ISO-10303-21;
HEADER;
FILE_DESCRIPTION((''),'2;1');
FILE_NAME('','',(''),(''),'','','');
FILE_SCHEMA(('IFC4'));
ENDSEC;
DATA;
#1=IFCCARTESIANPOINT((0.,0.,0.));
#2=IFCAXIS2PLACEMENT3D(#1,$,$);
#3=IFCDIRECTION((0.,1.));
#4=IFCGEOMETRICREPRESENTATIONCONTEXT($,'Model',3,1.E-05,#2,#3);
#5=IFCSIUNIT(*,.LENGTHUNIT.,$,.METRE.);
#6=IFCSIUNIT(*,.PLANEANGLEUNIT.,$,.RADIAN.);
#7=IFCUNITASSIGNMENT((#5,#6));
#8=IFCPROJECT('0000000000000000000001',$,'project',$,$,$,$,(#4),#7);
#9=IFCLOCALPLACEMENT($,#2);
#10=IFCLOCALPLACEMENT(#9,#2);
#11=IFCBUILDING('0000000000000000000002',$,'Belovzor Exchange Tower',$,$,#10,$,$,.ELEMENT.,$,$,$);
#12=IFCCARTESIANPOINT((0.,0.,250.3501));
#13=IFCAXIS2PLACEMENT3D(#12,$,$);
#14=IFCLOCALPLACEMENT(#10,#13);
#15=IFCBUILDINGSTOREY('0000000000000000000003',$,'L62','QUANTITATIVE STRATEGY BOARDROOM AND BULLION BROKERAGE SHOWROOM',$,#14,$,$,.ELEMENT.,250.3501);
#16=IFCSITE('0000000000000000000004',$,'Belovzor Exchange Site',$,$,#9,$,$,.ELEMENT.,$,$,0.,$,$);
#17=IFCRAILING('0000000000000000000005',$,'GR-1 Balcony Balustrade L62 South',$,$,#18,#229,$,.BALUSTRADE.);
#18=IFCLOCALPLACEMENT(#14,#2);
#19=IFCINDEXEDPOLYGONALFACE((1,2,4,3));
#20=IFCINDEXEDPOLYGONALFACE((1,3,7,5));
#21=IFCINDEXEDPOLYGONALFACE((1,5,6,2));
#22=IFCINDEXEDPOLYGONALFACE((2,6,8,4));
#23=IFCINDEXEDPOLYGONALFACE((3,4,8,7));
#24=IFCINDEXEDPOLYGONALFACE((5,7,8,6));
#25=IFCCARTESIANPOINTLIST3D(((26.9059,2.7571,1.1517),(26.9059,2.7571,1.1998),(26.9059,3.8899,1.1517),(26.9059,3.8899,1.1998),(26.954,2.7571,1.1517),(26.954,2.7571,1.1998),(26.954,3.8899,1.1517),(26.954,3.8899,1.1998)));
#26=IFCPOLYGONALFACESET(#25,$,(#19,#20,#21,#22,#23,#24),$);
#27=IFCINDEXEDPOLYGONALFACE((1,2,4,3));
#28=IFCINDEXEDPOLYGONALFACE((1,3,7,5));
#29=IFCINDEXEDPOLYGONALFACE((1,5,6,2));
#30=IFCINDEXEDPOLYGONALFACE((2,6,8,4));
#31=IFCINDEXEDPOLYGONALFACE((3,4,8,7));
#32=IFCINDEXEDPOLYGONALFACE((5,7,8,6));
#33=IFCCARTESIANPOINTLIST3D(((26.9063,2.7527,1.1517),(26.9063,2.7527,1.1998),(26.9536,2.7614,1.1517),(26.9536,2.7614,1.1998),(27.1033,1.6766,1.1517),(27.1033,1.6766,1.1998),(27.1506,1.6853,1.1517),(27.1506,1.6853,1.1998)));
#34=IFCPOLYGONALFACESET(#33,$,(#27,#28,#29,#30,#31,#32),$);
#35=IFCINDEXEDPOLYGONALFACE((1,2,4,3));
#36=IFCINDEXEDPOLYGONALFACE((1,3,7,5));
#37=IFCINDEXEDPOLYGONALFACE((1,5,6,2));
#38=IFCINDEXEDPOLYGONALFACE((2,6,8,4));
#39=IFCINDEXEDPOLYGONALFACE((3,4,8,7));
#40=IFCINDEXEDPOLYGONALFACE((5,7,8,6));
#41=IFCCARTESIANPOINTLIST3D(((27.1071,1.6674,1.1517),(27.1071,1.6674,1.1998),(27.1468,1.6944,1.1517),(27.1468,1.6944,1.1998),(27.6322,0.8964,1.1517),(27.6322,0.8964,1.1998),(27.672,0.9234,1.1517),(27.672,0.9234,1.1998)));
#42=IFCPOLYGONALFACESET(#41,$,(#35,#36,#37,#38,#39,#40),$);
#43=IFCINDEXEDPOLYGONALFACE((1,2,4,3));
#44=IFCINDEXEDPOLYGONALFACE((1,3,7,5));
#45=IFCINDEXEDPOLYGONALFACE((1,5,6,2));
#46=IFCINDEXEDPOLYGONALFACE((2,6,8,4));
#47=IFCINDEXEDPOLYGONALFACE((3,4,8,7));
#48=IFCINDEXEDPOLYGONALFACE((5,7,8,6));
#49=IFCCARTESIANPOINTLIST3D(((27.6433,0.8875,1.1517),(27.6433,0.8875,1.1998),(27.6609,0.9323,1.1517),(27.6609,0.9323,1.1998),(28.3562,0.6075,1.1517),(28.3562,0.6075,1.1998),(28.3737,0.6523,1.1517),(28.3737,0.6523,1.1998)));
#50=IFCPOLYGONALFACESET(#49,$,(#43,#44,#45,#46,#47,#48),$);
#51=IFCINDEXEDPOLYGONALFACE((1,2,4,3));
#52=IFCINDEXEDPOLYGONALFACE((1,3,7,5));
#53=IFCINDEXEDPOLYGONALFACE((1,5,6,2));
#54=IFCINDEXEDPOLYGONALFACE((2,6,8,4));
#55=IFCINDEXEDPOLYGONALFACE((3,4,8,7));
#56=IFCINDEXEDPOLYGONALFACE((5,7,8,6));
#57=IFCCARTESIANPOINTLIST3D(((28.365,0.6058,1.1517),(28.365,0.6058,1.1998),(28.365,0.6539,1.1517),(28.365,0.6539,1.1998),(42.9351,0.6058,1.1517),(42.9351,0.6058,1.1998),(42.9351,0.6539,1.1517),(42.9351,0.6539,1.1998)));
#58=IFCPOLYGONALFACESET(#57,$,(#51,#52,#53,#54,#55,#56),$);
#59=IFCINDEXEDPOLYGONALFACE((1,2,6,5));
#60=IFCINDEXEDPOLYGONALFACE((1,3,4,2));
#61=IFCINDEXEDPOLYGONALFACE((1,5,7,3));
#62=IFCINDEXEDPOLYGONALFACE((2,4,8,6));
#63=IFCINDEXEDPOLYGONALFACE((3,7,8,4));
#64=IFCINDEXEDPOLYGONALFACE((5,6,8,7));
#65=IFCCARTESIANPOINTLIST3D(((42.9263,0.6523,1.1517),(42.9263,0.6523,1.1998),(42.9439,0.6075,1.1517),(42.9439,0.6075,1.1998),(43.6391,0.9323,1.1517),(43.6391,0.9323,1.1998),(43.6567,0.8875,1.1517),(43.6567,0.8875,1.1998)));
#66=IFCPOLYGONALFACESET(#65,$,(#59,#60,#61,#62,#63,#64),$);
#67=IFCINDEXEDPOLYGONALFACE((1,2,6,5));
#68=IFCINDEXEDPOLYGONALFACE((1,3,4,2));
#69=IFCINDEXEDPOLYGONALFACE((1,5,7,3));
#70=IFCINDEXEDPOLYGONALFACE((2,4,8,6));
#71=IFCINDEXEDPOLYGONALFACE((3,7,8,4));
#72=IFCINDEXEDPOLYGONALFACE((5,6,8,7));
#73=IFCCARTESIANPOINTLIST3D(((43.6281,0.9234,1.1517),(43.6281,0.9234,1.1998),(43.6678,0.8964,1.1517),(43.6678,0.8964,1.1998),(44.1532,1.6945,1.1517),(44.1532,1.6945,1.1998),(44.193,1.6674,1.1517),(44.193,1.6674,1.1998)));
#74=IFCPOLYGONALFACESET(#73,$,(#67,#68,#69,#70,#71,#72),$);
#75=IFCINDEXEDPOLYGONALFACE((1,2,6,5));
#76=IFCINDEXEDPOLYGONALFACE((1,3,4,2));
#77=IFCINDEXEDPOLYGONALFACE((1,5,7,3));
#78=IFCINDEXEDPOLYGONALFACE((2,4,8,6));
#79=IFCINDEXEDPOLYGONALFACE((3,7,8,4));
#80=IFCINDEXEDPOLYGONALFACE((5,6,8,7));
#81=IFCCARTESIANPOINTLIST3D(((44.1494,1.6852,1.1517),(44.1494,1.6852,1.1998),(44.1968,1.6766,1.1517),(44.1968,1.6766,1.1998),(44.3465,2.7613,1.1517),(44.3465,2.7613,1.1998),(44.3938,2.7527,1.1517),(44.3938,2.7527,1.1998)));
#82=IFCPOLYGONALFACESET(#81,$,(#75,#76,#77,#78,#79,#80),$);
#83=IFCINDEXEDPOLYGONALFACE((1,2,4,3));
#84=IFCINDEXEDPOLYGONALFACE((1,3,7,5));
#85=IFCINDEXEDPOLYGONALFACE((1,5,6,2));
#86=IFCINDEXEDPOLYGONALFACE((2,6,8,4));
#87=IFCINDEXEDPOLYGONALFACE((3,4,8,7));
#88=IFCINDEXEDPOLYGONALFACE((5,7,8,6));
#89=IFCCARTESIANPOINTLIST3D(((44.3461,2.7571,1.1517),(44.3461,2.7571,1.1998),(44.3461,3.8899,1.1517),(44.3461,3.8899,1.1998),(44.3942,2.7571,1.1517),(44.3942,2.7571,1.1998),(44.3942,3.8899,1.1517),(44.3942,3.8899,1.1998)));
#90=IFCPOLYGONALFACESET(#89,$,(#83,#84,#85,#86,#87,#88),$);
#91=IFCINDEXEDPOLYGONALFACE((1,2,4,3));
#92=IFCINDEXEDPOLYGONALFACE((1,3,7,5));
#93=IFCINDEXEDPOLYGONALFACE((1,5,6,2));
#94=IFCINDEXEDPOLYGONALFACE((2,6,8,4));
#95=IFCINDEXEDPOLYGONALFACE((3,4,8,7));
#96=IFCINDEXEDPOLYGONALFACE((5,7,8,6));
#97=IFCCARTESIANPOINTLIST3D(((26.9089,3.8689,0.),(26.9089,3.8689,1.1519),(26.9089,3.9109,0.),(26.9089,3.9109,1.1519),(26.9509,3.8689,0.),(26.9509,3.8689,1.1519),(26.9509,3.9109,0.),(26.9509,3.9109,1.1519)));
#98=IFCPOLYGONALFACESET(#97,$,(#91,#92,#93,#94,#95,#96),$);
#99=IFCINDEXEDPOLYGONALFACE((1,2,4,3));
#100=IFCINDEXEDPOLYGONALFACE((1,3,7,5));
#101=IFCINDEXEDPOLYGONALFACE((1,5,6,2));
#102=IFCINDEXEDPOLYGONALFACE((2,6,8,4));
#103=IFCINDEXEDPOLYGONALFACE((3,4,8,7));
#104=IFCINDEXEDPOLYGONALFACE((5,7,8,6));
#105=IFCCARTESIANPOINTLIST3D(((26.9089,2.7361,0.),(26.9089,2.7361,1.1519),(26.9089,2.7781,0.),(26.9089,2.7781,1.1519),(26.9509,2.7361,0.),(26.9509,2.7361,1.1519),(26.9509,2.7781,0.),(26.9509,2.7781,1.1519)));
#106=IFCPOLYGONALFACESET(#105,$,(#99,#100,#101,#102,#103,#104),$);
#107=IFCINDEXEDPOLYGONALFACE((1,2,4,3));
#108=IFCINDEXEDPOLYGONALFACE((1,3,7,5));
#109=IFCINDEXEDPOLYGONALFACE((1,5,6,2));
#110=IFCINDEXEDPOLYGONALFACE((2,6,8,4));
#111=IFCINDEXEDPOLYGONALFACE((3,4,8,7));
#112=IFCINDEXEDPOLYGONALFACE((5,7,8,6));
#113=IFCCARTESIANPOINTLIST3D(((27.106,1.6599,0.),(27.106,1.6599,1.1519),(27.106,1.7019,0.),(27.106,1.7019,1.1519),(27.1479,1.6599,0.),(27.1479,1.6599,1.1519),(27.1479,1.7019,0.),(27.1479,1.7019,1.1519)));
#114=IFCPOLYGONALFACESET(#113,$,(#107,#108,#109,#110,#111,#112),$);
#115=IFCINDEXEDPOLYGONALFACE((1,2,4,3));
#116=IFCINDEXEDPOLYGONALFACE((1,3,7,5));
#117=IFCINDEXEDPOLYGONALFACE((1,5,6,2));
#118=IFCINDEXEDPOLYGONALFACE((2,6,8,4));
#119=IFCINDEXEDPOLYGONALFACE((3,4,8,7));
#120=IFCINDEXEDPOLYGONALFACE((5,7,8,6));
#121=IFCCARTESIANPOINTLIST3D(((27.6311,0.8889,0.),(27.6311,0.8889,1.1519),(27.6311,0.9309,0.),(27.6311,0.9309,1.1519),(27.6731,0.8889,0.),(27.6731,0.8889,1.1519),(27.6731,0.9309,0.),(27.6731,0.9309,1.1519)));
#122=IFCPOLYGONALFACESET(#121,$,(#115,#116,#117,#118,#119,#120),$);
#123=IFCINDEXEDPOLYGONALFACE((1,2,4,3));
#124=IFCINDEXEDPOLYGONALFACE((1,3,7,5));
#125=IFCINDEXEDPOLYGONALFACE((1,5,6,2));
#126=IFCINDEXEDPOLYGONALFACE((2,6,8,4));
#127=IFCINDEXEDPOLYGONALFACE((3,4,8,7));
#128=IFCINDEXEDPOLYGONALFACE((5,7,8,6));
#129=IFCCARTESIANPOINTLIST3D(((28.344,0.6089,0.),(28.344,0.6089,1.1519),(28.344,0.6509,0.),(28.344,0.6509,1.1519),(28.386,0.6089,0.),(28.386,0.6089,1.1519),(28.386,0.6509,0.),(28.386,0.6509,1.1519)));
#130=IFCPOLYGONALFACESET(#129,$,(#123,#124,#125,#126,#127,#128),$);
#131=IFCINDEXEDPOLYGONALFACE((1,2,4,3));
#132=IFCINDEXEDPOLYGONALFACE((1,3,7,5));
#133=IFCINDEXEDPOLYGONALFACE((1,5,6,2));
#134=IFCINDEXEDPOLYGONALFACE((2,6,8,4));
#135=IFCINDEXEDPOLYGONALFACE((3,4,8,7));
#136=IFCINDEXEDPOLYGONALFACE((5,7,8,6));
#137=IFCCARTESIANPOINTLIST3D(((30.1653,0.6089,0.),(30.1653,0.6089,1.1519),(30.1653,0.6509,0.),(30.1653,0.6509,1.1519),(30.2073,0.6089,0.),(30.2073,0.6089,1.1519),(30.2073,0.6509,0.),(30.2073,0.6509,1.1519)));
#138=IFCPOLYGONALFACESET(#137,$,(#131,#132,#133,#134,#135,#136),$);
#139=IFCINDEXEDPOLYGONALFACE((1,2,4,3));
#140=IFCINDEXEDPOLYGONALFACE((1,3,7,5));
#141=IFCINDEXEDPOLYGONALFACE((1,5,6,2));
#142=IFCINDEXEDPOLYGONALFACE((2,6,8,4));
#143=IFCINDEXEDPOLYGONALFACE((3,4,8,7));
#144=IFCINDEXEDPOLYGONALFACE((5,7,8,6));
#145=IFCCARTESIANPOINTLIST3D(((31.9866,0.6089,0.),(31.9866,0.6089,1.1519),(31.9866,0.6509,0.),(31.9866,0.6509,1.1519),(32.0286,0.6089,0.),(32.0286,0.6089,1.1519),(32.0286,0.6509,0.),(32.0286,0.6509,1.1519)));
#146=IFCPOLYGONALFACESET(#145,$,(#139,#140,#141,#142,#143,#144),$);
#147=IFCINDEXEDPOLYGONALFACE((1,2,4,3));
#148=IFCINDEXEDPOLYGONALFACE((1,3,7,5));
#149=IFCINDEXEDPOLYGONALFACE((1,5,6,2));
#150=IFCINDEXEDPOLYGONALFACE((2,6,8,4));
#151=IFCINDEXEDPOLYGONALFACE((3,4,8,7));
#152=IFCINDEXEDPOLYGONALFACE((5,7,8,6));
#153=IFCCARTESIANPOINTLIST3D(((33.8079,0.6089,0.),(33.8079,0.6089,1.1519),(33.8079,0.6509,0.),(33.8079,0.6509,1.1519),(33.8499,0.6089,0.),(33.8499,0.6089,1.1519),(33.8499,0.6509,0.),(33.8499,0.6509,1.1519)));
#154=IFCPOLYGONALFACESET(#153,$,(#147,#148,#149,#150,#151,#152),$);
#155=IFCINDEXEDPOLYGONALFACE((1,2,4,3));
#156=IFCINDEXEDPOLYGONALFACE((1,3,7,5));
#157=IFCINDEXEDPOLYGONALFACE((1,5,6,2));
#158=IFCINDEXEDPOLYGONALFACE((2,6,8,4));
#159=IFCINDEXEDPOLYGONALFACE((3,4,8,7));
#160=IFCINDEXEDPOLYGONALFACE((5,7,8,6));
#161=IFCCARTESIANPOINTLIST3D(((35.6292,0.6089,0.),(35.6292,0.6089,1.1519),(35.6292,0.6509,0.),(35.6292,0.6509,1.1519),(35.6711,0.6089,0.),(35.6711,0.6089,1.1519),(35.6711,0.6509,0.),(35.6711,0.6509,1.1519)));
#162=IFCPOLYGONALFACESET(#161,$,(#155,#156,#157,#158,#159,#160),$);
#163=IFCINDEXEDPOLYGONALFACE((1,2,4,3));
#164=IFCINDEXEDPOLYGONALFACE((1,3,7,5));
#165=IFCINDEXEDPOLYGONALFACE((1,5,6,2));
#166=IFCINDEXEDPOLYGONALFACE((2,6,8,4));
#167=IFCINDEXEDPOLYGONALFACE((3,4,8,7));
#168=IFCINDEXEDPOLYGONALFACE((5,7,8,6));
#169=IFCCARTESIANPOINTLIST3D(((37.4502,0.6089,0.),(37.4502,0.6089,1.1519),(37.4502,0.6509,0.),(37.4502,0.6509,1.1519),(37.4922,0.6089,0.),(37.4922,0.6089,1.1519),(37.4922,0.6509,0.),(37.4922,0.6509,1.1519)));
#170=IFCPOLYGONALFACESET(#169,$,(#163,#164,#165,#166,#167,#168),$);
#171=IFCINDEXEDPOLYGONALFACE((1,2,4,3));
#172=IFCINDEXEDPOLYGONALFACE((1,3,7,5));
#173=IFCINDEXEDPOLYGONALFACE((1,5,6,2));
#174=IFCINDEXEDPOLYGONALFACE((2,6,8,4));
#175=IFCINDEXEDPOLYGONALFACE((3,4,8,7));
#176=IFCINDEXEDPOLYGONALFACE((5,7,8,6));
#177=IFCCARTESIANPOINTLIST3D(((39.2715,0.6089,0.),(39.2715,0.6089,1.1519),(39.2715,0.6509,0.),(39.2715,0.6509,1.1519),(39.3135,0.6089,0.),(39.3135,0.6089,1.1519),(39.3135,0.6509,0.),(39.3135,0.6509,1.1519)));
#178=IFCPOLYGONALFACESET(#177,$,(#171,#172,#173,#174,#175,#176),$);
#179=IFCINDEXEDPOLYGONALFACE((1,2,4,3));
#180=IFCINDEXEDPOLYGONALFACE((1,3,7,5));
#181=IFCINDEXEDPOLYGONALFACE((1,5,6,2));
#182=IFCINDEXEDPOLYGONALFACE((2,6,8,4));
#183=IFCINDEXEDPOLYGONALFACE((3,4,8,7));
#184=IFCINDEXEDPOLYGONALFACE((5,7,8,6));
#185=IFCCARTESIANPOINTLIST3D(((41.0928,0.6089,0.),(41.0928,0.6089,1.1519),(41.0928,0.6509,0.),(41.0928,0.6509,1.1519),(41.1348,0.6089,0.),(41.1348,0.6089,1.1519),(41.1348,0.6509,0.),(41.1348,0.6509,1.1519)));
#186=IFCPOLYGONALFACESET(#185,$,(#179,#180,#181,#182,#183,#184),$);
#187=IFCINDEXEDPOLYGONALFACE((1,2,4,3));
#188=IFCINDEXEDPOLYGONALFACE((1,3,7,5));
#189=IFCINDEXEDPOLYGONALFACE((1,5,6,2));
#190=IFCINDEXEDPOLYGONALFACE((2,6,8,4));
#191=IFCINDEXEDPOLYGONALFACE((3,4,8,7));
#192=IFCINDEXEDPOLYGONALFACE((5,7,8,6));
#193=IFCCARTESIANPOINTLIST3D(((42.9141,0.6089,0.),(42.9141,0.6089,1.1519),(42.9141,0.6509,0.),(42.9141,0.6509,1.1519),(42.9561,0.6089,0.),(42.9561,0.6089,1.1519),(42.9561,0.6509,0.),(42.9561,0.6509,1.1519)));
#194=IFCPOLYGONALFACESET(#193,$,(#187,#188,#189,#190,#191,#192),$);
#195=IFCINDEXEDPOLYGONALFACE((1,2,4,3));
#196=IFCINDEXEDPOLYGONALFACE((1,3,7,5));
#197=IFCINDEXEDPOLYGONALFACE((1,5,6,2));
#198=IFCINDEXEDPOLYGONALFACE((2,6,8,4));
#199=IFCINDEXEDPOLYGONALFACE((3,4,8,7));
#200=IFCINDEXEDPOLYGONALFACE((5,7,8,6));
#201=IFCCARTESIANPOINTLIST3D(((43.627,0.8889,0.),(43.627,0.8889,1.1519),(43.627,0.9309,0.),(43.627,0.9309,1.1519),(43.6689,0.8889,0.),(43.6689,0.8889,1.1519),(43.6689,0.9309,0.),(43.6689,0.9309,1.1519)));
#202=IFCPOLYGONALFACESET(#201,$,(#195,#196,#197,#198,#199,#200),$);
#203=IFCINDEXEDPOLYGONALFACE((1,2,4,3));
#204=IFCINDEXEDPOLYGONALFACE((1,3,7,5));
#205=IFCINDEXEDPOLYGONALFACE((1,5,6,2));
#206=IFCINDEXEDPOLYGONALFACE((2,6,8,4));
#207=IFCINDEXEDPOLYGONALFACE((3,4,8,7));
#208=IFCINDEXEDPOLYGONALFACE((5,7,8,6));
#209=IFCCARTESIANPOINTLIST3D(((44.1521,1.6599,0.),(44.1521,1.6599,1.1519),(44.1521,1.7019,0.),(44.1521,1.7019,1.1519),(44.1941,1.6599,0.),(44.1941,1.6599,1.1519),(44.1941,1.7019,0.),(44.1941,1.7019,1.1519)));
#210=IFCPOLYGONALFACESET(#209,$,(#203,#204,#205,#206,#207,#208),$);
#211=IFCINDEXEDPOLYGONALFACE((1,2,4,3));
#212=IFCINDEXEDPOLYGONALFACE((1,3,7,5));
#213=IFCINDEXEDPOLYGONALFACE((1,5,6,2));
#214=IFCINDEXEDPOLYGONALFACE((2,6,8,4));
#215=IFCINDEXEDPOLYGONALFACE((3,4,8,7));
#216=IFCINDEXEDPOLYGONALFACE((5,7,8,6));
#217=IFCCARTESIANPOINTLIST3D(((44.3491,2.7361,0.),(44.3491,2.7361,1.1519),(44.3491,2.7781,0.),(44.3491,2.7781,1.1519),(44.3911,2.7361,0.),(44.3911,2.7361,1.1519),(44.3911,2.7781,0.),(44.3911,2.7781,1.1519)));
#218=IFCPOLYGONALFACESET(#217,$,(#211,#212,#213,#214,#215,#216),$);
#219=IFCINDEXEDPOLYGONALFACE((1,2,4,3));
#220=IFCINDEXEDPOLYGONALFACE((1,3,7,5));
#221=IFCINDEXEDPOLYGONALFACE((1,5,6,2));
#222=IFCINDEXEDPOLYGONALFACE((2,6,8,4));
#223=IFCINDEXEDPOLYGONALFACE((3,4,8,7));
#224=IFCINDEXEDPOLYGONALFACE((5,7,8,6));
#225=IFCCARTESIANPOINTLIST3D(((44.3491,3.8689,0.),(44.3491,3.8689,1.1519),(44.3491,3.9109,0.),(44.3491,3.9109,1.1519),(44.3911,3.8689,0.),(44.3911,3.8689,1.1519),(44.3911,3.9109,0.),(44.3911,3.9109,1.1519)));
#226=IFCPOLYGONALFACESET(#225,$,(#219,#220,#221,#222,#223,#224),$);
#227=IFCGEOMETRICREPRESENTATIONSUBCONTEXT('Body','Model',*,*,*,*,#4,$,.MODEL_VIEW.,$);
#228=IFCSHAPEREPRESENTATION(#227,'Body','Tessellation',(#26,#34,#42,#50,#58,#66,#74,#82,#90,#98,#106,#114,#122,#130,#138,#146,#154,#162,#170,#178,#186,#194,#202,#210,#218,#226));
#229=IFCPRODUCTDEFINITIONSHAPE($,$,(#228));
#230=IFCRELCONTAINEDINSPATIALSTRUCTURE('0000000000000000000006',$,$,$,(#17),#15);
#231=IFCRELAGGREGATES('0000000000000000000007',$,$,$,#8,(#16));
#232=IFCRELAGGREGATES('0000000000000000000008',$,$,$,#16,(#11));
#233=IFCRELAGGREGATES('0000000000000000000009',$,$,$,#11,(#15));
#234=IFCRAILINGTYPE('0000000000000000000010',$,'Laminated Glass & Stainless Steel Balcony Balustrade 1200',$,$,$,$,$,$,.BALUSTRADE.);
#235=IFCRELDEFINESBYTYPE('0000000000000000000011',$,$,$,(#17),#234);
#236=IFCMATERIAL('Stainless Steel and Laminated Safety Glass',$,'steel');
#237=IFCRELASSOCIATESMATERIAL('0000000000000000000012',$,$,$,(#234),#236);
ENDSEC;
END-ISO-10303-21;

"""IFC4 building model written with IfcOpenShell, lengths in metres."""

from ifc_helpers import new_model, si_unit, direction, frame, origin, origin_2d, place, context, subcontext, project, spatial, rectangle, extrude, material, type_object, element, save


model = new_model("IFC4")

# Units and contexts
model_context = context("Model", 3, precision=1e-05, world=origin(), true_north=direction((0.0, 1.0)))
body_context = subcontext(model_context, "Body", "Model", "MODEL_VIEW")
ifc_project = project(units=[si_unit("LENGTHUNIT", "METRE"), si_unit("PLANEANGLEUNIT", "RADIAN")], contexts=[model_context])

# Site, building, storey
site_placement = place(None, origin())
site = spatial("IfcSite", under=ifc_project, at=site_placement, Name="Belovzor Exchange Site", CompositionType="ELEMENT", RefElevation=0.0)
building_placement = place(site_placement, origin())
building = spatial("IfcBuilding", under=site, at=building_placement, Name="Belovzor Exchange Tower", CompositionType="ELEMENT")
storey_placement = place(building_placement, frame((0.0, 0.0, 250.3501)))
storey = spatial("IfcBuildingStorey", under=building, at=storey_placement, Name="L62", Description="QUANTITATIVE STRATEGY BOARDROOM AND BULLION BROKERAGE SHOWROOM", CompositionType="ELEMENT", Elevation=250.3501)

# Railing
ifc_material_1 = material(Name="Stainless Steel and Laminated Safety Glass", Category="steel")
railing_type = type_object("IfcRailingType", Name="Laminated Glass & Stainless Steel Balcony Balustrade 1200", PredefinedType="BALUSTRADE", material=ifc_material_1)
railing_placement = place(storey_placement, frame((26.9299, 3.8899, 0.0)))
element("IfcRailing", 1, at=railing_placement, inside=storey, type_object=railing_type, Name="GR-1 Balcony Balustrade L62 South", PredefinedType="BALUSTRADE", context=body_context, shape_type="SweptSolid", body=[
    extrude(rectangle(XDim=0.0481, YDim=0.0481, at=origin_2d()), frame((0.0, 0.0, 1.1758), z_axis=(0.0, -1.0, 0.0), x_axis=(1.0, 0.0, 0.0)), (0.0, 0.0, 1.0), 1.1328),
    extrude(rectangle(XDim=0.0481, YDim=0.0481, at=origin_2d()), frame((0.0, -1.1328, 1.1758), z_axis=(0.180083, -0.983651, 0.0), x_axis=(0.983651, 0.180083, 0.0)), (0.0, 0.0, 1.0), 1.094),
    extrude(rectangle(XDim=0.0481, YDim=0.0481, at=origin_2d()), frame((0.197, -2.209, 1.1758), z_axis=(0.562947, -0.826493, 0.0), x_axis=(0.826493, 0.562947, 0.0)), (0.0, 0.0, 1.0), 0.9329),
    extrude(rectangle(XDim=0.0481, YDim=0.0481, at=origin_2d()), frame((0.7222, -2.98, 1.1758), z_axis=(0.930767, -0.365613, 0.0), x_axis=(0.365613, 0.930767, 0.0)), (0.0, 0.0, 1.0), 0.7659),
    extrude(rectangle(XDim=0.0481, YDim=0.0481, at=origin_2d()), frame((1.4351, -3.26, 1.1758), z_axis=(1.0, 0.0, 0.0), x_axis=(0.0, 1.0, 0.0)), (0.0, 0.0, 1.0), 14.5701),
    extrude(rectangle(XDim=0.0481, YDim=0.0481, at=origin_2d()), frame((16.0051, -3.26, 1.1758), z_axis=(0.930767, 0.365613, 0.0), x_axis=(-0.365613, 0.930767, 0.0)), (0.0, 0.0, 1.0), 0.7659),
    extrude(rectangle(XDim=0.0481, YDim=0.0481, at=origin_2d()), frame((16.718, -2.98, 1.1758), z_axis=(0.562947, 0.826493, 0.0), x_axis=(-0.826493, 0.562947, 0.0)), (0.0, 0.0, 1.0), 0.9329),
    extrude(rectangle(XDim=0.0481, YDim=0.0481, at=origin_2d()), frame((17.2432, -2.209, 1.1758), z_axis=(0.180083, 0.983651, 0.0), x_axis=(-0.983651, 0.180083, 0.0)), (0.0, 0.0, 1.0), 1.094),
    extrude(rectangle(XDim=0.0481, YDim=0.0481, at=origin_2d()), frame((17.4402, -1.1328, 1.1758), z_axis=(0.0, 1.0, 0.0), x_axis=(-1.0, 0.0, 0.0)), (0.0, 0.0, 1.0), 1.1328),
    extrude(rectangle(XDim=0.042, YDim=0.042, at=origin_2d()), origin(), (0.0, 0.0, 1.0), 1.1519),
    extrude(rectangle(XDim=0.042, YDim=0.042, at=origin_2d()), frame((0.0, -1.1328, 0.0)), (0.0, 0.0, 1.0), 1.1519),
    extrude(rectangle(XDim=0.042, YDim=0.042, at=origin_2d()), frame((0.197, -2.209, 0.0)), (0.0, 0.0, 1.0), 1.1519),
    extrude(rectangle(XDim=0.042, YDim=0.042, at=origin_2d()), frame((0.7222, -2.98, 0.0)), (0.0, 0.0, 1.0), 1.1519),
    extrude(rectangle(XDim=0.042, YDim=0.042, at=origin_2d()), frame((1.4351, -3.26, 0.0)), (0.0, 0.0, 1.0), 1.1519),
    extrude(rectangle(XDim=0.042, YDim=0.042, at=origin_2d()), frame((3.2563, -3.26, 0.0)), (0.0, 0.0, 1.0), 1.1519),
    extrude(rectangle(XDim=0.042, YDim=0.042, at=origin_2d()), frame((5.0776, -3.26, 0.0)), (0.0, 0.0, 1.0), 1.1519),
    extrude(rectangle(XDim=0.042, YDim=0.042, at=origin_2d()), frame((6.8989, -3.26, 0.0)), (0.0, 0.0, 1.0), 1.1519),
    extrude(rectangle(XDim=0.042, YDim=0.042, at=origin_2d()), frame((8.7202, -3.26, 0.0)), (0.0, 0.0, 1.0), 1.1519),
    extrude(rectangle(XDim=0.042, YDim=0.042, at=origin_2d()), frame((10.5413, -3.26, 0.0)), (0.0, 0.0, 1.0), 1.1519),
    extrude(rectangle(XDim=0.042, YDim=0.042, at=origin_2d()), frame((12.3625, -3.26, 0.0)), (0.0, 0.0, 1.0), 1.1519),
    extrude(rectangle(XDim=0.042, YDim=0.042, at=origin_2d()), frame((14.1838, -3.26, 0.0)), (0.0, 0.0, 1.0), 1.1519),
    extrude(rectangle(XDim=0.042, YDim=0.042, at=origin_2d()), frame((16.0051, -3.26, 0.0)), (0.0, 0.0, 1.0), 1.1519),
    extrude(rectangle(XDim=0.042, YDim=0.042, at=origin_2d()), frame((16.718, -2.98, 0.0)), (0.0, 0.0, 1.0), 1.1519),
    extrude(rectangle(XDim=0.042, YDim=0.042, at=origin_2d()), frame((17.2432, -2.209, 0.0)), (0.0, 0.0, 1.0), 1.1519),
    extrude(rectangle(XDim=0.042, YDim=0.042, at=origin_2d()), frame((17.4402, -1.1328, 0.0)), (0.0, 0.0, 1.0), 1.1519),
    extrude(rectangle(XDim=0.042, YDim=0.042, at=origin_2d()), frame((17.4402, 0.0, 0.0)), (0.0, 0.0, 1.0), 1.1519),
])

save(model, "model.ifc")
